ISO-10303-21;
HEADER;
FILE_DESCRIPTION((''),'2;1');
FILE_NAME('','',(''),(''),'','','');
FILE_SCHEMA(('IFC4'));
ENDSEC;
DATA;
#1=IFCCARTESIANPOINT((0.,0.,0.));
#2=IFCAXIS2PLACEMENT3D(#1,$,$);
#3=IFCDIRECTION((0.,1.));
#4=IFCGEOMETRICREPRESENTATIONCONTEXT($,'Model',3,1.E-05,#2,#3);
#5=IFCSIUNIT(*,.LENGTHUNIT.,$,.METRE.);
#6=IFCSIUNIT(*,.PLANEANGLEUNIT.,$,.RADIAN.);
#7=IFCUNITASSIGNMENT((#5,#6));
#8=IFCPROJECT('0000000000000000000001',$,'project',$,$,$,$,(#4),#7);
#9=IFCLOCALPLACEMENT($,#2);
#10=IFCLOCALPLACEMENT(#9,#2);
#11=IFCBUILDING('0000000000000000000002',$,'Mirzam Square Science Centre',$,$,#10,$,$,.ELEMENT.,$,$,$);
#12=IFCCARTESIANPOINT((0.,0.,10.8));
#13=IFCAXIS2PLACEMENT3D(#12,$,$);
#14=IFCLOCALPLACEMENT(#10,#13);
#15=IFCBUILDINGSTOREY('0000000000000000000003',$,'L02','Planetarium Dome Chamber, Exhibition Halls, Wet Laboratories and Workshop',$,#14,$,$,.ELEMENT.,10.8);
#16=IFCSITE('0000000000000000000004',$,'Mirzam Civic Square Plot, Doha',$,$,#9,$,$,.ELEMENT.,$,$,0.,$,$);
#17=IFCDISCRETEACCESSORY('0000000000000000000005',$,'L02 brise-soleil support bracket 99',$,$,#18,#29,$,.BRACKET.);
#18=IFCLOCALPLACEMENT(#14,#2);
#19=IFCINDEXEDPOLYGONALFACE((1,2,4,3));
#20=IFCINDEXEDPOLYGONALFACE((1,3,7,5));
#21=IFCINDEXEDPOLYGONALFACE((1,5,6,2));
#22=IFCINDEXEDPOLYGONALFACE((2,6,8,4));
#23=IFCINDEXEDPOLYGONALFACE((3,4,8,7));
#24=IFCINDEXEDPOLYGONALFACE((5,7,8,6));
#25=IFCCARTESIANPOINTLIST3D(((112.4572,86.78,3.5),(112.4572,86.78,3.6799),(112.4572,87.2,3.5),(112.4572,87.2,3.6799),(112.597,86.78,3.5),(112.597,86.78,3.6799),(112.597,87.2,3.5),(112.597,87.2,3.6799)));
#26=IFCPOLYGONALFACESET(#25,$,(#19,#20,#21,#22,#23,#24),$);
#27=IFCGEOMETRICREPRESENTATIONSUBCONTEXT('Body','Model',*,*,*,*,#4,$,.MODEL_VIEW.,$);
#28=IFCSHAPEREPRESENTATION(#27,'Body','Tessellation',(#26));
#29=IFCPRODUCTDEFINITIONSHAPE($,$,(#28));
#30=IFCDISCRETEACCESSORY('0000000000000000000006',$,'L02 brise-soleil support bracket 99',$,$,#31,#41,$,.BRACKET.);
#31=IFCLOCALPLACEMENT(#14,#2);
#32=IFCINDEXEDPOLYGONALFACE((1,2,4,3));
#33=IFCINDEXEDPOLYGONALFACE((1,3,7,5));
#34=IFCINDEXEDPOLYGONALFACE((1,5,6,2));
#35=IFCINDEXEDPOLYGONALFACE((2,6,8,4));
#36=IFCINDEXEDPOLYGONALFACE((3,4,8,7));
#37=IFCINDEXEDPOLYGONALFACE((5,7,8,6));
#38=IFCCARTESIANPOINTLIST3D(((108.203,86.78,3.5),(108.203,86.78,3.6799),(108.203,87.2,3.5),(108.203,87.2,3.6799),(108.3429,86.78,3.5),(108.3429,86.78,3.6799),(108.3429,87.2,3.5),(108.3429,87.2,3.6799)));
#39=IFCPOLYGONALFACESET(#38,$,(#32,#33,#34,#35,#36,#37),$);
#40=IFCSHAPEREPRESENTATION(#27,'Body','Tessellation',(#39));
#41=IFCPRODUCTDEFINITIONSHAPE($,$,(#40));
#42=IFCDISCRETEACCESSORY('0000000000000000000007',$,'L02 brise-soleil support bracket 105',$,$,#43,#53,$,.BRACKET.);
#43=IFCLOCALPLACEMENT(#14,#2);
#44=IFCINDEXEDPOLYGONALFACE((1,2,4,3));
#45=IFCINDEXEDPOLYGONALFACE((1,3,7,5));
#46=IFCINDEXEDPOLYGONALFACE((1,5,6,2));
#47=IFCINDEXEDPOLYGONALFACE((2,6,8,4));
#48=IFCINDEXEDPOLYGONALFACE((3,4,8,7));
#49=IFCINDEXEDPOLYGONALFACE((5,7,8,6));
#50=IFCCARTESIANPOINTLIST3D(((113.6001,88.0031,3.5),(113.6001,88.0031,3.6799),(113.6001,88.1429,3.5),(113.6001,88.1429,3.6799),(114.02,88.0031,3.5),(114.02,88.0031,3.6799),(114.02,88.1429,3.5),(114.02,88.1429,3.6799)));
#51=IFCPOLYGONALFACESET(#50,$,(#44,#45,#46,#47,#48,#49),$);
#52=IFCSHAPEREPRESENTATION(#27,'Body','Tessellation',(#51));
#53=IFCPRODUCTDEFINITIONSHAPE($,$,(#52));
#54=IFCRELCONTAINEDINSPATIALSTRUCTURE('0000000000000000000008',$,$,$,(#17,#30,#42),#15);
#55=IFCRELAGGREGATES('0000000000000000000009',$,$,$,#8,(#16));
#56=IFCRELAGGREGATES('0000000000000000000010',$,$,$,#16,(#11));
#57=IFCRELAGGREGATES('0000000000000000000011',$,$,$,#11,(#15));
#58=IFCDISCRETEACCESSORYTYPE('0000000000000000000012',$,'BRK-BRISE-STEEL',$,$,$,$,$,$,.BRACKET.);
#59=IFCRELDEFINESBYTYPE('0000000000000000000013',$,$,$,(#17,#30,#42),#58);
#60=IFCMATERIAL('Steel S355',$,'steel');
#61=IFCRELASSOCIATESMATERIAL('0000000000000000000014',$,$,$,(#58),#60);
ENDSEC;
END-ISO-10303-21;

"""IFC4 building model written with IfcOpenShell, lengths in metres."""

from ifc_helpers import new_model, si_unit, direction, frame, origin, origin_2d, place, context, subcontext, project, spatial, rectangle, extrude, material, type_object, element, save


model = new_model("IFC4")

# Units and contexts
model_context = context("Model", 3, precision=1e-05, world=origin(), true_north=direction((0.0, 1.0)))
body_context = subcontext(model_context, "Body", "Model", "MODEL_VIEW")
ifc_project = project(units=[si_unit("LENGTHUNIT", "METRE"), si_unit("PLANEANGLEUNIT", "RADIAN")], contexts=[model_context])

# Site, building, storey
site_placement = place(None, origin())
site = spatial("IfcSite", under=ifc_project, at=site_placement, Name="Mirzam Civic Square Plot, Doha", CompositionType="ELEMENT", RefElevation=0.0)
building_placement = place(site_placement, origin())
building = spatial("IfcBuilding", under=site, at=building_placement, Name="Mirzam Square Science Centre", CompositionType="ELEMENT")
storey_placement = place(building_placement, frame((0.0, 0.0, 10.8)))
storey = spatial("IfcBuildingStorey", under=building, at=storey_placement, Name="L02", Description="Planetarium Dome Chamber, Exhibition Halls, Wet Laboratories and Workshop", CompositionType="ELEMENT", Elevation=10.8)

# Shared definitions
ifc_material_1 = material(Name="Steel S355", Category="steel")

# Discrete accessories
discrete_accessory_type = type_object("IfcDiscreteAccessoryType", Name="BRK-BRISE-STEEL", PredefinedType="BRACKET", material=ifc_material_1)
for number, where, z_axis, x_axis, name in (
    (1, (112.5271, 86.99, 3.5), (0.0, 0.0, 1.0), (-1.0, 0.0, 0.0), "L02 brise-soleil support bracket 99"),
    (2, (108.2729, 86.99, 3.5), (0.0, 0.0, 1.0), (-1.0, 0.0, 0.0), "L02 brise-soleil support bracket 99"),
    (3, (113.8101, 88.073, 3.5), (0.0, 0.0, 1.0), (0.0, -1.0, 0.0), "L02 brise-soleil support bracket 105"),
):
    element("IfcDiscreteAccessory", number, at=place(storey_placement, frame(where, z_axis=z_axis, x_axis=x_axis)), inside=storey, type_object=discrete_accessory_type, Name=name, PredefinedType="BRACKET", context=body_context, shape_type="SweptSolid", body=[
        extrude(rectangle(XDim=0.1399, YDim=0.4199, at=origin_2d()), origin(), (0.0, 0.0, 1.0), 0.1799),
    ])

save(model, "model.ifc")
